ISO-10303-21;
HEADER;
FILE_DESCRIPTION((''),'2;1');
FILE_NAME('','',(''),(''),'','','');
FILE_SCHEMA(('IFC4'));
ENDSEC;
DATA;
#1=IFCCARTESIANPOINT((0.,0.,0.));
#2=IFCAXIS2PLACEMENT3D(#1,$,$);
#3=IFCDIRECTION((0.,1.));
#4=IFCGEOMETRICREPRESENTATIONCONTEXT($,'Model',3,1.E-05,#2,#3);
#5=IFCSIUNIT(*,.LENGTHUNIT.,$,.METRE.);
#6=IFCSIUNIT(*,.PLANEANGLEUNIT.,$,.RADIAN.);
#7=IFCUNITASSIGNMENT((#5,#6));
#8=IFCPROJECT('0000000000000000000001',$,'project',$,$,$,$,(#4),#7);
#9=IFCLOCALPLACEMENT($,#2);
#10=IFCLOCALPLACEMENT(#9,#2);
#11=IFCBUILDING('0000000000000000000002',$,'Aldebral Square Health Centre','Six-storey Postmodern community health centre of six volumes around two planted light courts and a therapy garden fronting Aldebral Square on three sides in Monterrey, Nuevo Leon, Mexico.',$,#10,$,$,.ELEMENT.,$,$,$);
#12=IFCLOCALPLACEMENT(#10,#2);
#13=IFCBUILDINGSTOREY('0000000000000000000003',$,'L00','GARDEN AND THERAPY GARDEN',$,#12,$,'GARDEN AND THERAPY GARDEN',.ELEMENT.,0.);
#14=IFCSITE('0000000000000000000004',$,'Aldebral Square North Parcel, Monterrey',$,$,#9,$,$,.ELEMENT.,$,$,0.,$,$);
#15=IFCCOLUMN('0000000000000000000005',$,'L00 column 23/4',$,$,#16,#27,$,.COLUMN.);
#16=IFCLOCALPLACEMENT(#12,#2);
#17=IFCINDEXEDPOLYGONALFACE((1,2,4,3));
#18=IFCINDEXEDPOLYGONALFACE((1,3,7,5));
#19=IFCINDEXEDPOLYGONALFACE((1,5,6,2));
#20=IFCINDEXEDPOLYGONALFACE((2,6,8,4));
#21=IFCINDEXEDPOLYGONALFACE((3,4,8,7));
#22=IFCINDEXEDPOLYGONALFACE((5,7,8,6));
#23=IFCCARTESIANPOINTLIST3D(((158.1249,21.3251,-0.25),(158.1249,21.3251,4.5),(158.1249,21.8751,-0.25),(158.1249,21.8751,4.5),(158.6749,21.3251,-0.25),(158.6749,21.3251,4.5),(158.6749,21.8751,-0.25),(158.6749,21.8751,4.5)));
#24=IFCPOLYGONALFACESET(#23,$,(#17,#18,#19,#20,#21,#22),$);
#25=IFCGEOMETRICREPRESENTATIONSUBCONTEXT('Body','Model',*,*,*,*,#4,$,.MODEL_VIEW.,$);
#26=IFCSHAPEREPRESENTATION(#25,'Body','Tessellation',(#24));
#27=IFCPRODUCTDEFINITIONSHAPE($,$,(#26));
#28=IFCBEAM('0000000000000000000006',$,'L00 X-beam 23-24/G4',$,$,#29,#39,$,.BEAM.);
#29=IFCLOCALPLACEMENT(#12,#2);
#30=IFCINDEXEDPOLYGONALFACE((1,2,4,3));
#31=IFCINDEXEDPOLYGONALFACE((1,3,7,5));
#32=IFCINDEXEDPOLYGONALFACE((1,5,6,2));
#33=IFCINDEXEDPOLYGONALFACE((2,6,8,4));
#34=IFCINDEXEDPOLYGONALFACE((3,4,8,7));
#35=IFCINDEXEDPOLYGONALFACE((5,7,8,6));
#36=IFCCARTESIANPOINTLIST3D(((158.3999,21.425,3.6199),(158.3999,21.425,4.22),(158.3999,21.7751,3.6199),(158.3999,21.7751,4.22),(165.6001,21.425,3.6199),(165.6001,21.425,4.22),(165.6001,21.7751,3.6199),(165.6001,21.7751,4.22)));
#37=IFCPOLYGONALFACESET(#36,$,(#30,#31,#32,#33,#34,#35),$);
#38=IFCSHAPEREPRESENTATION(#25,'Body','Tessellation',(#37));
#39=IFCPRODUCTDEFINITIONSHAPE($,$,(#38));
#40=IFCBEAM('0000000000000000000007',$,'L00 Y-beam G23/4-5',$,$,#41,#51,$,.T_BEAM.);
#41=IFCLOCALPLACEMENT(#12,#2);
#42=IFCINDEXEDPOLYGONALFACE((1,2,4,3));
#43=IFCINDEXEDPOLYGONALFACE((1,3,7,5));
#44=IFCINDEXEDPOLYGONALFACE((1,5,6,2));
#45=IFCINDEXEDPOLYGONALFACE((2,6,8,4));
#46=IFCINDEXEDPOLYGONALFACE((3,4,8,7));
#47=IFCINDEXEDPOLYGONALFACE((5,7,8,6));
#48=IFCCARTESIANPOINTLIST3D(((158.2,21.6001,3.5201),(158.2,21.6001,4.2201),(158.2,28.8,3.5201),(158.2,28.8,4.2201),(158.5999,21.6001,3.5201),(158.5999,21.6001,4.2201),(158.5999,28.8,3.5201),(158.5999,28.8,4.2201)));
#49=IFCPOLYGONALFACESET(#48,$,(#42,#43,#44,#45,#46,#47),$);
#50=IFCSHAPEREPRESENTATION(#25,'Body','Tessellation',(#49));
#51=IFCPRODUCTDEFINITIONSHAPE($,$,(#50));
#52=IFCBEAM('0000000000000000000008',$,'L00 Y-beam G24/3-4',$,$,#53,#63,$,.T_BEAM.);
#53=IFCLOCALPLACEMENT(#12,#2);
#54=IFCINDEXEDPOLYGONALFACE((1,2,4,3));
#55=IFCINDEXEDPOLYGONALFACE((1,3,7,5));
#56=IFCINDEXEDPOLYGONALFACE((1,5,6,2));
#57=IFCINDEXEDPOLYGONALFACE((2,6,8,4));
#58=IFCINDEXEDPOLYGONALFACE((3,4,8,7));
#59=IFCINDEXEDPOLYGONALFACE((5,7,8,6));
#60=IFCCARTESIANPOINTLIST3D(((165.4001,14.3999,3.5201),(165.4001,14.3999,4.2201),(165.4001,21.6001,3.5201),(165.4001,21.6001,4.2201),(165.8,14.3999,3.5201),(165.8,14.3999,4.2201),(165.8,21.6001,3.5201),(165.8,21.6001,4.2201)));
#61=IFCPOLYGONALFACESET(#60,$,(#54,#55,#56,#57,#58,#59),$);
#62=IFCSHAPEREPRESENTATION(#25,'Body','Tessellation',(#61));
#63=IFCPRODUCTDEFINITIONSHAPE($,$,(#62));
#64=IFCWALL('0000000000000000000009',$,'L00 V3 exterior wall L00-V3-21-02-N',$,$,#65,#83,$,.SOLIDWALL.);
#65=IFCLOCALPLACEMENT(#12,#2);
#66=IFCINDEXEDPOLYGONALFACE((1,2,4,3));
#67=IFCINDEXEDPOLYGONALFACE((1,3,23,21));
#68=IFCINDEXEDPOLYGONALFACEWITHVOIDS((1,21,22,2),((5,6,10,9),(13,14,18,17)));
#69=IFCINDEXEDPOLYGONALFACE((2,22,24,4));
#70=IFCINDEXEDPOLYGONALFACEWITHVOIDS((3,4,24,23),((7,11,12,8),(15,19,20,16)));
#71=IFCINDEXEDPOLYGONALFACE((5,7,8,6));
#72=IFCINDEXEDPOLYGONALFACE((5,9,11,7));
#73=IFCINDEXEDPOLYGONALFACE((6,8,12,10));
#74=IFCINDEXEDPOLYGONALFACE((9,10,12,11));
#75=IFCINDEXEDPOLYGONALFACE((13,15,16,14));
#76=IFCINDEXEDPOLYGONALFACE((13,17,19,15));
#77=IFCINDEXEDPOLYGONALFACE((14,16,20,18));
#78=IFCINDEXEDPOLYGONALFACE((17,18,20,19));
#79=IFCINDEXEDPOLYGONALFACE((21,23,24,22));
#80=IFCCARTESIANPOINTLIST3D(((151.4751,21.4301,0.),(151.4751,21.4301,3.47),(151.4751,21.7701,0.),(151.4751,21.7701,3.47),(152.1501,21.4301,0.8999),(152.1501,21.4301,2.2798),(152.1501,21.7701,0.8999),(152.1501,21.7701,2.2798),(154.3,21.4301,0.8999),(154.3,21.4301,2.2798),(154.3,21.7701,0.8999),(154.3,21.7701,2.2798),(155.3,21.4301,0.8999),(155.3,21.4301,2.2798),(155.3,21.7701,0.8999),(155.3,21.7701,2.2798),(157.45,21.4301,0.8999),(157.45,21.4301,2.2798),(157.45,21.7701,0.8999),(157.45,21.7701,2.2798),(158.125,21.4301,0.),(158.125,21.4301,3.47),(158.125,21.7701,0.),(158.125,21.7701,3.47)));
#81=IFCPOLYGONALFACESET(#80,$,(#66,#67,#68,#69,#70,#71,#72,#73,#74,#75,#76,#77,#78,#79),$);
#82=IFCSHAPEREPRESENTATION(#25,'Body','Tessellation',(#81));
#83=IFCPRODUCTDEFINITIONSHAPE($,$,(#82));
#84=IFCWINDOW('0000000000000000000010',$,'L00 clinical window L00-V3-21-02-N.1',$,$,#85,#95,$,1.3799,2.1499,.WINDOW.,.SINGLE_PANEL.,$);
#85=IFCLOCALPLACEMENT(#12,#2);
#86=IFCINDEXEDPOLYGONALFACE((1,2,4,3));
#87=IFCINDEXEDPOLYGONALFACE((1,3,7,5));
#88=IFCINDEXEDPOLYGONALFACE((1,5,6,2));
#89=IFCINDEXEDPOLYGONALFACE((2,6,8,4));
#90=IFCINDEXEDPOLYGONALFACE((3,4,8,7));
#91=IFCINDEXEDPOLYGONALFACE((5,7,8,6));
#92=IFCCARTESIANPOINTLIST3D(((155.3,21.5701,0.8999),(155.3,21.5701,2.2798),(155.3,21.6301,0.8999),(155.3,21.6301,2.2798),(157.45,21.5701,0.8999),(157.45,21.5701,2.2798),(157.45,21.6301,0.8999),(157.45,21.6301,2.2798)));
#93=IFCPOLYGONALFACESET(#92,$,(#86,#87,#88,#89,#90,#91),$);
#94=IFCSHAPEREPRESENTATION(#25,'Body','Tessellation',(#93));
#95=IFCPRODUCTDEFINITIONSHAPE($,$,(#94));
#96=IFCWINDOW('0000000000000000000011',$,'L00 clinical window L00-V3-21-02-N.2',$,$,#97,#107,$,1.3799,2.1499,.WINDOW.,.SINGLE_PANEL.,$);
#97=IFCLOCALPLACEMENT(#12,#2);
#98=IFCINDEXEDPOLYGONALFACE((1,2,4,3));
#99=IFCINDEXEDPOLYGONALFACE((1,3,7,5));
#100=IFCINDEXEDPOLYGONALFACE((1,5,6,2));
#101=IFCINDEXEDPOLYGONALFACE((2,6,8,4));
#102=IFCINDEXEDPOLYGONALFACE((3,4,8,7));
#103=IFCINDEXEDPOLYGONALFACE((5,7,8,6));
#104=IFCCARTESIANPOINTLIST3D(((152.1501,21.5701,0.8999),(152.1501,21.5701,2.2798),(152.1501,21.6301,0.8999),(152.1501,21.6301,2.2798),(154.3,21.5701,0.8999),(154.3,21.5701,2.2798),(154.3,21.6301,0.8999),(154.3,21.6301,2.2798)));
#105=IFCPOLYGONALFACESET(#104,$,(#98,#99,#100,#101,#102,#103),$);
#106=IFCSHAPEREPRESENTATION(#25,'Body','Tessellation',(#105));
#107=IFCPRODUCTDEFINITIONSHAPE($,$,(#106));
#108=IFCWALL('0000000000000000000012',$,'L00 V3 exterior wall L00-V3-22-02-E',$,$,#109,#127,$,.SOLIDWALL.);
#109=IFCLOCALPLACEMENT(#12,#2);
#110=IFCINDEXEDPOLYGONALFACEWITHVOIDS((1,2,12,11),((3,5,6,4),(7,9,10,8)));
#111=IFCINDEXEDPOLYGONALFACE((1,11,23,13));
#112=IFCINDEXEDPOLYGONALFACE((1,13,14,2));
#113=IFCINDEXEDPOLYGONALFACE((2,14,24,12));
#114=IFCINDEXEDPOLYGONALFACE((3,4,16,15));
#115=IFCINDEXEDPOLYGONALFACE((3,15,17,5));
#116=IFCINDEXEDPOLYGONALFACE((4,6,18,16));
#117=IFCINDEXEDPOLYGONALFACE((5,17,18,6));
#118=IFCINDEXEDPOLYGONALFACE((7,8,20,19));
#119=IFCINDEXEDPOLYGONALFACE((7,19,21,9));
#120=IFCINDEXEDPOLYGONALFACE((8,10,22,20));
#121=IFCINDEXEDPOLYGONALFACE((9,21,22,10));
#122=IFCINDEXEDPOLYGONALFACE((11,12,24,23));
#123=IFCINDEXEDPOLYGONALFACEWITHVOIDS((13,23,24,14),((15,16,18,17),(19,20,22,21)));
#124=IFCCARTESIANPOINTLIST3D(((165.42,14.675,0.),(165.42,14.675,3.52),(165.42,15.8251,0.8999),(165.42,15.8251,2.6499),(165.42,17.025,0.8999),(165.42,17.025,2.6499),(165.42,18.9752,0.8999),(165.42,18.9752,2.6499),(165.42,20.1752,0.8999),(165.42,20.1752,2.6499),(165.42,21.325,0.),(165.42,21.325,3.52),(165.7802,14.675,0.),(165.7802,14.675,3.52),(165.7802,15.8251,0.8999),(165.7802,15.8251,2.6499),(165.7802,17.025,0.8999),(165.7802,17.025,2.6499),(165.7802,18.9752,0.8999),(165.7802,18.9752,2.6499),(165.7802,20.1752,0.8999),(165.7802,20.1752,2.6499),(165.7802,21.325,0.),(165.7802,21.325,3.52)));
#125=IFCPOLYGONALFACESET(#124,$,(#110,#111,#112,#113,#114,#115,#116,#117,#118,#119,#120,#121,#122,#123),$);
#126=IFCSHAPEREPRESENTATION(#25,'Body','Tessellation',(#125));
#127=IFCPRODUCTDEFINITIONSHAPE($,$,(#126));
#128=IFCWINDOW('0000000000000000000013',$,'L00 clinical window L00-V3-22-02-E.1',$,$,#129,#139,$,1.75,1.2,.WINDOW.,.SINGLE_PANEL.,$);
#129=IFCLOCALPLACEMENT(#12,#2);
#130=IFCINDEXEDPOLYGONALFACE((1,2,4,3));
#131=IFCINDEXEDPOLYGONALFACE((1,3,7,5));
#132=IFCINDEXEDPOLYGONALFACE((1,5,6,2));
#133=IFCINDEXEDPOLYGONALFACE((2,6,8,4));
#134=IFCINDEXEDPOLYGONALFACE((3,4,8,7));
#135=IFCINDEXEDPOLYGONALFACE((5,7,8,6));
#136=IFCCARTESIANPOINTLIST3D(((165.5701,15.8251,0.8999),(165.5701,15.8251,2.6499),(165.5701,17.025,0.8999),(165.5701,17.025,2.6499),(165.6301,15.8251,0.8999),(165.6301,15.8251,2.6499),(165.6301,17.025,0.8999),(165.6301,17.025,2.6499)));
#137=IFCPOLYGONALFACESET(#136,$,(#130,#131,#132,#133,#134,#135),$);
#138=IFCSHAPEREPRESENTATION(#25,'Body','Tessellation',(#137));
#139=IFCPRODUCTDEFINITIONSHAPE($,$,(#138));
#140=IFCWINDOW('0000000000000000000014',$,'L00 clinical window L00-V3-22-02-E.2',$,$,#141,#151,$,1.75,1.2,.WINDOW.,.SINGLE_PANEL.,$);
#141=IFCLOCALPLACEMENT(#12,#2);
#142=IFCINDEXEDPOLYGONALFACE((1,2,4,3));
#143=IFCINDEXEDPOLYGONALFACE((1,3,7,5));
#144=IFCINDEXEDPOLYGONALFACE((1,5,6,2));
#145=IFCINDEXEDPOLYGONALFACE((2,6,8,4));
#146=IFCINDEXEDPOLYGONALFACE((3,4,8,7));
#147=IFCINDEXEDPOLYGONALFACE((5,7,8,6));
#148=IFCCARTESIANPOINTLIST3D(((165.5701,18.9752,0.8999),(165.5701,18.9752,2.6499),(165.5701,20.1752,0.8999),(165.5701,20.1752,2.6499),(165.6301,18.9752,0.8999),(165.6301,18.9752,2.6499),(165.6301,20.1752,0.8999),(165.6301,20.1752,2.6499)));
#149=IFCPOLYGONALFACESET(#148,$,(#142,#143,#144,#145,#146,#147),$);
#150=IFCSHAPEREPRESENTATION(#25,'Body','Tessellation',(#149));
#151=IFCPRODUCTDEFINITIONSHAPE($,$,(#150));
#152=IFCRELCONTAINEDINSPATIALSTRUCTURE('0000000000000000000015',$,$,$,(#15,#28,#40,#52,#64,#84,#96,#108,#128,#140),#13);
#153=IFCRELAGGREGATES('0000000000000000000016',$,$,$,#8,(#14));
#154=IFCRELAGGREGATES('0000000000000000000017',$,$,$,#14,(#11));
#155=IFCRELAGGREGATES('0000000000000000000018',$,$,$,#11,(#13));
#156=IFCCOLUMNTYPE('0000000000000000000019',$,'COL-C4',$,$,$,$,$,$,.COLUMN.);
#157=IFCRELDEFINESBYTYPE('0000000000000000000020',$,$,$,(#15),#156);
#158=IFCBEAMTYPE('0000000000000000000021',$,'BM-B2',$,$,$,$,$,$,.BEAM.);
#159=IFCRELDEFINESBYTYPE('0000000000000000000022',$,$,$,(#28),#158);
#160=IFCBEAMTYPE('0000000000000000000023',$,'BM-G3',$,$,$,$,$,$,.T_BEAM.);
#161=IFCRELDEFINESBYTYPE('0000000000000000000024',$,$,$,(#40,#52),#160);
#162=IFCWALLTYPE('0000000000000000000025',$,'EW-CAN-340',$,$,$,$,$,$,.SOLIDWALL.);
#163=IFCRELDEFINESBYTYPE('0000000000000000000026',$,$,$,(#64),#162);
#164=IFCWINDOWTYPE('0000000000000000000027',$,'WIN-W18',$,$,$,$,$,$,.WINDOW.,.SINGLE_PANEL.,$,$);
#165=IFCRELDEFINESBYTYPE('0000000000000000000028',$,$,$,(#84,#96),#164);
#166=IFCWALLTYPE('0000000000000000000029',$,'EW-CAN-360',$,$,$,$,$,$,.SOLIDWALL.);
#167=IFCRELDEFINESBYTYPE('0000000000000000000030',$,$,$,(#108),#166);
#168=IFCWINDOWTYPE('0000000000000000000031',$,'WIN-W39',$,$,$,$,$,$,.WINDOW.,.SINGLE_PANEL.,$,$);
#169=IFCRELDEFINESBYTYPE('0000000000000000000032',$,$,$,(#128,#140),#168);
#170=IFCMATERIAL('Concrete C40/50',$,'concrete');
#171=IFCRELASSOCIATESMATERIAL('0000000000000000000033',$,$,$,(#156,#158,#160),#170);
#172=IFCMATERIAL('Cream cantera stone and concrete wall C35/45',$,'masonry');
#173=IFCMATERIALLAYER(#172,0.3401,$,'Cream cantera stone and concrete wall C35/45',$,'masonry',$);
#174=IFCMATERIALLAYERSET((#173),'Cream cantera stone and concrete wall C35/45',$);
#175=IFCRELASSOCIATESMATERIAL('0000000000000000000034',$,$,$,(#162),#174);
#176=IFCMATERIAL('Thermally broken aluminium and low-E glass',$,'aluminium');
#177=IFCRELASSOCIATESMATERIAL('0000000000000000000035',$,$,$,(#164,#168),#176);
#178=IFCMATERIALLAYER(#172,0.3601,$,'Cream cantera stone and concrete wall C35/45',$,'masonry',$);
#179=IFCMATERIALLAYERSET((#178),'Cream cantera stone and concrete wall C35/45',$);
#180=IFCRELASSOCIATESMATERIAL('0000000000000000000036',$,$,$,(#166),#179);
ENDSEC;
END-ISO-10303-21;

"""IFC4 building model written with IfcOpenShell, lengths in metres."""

from ifc_helpers import new_model, si_unit, direction, frame, frame_2d, origin, origin_2d, place, context, subcontext, project, spatial, rectangle, extrude, material, layer, layer_set, material_profile, profile_set, type_object, element, fill, save


model = new_model("IFC4")

# Units and contexts
model_context = context("Model", 3, precision=1e-05, world=origin(), true_north=direction((0.0, 1.0)))
body_context = subcontext(model_context, "Body", "Model", "MODEL_VIEW")
ifc_project = project(units=[si_unit("LENGTHUNIT", "METRE"), si_unit("PLANEANGLEUNIT", "RADIAN")], contexts=[model_context])

# Site, building, storey
site_placement = place(None, origin())
site = spatial("IfcSite", under=ifc_project, at=site_placement, Name="Aldebral Square North Parcel, Monterrey", CompositionType="ELEMENT", RefElevation=0.0)
building_placement = place(site_placement, origin())
building = spatial("IfcBuilding", under=site, at=building_placement, Name="Aldebral Square Health Centre", Description="Six-storey Postmodern community health centre of six volumes around two planted light courts and a therapy garden fronting Aldebral Square on three sides in Monterrey, Nuevo Leon, Mexico.", CompositionType="ELEMENT")
storey_placement = place(building_placement, origin())
storey = spatial("IfcBuildingStorey", under=building, at=storey_placement, Name="L00", Description="GARDEN AND THERAPY GARDEN", LongName="GARDEN AND THERAPY GARDEN", CompositionType="ELEMENT", Elevation=0.0)

# Column
ifc_material_1 = material(Name="Concrete C40/50", Category="concrete")
ifc_material_profile_1 = material_profile(ifc_material_1, rectangle(XDim=0.55, YDim=0.55, at=origin_2d()), Name="RC 550x550")
ifc_profile_set_1 = profile_set([ifc_material_profile_1], Name="Concrete C40/50")
column_type = type_object("IfcColumnType", Name="COL-C4", PredefinedType="COLUMN", material=ifc_profile_set_1)
column_placement = place(storey_placement, frame((158.3999, 21.6001, -0.25), z_axis=(0.0, 0.0, 1.0), x_axis=(1.0, 0.0, 0.0)))
element("IfcColumn", 1, at=column_placement, inside=storey, type_object=column_type, Name="L00 column 23/4", PredefinedType="COLUMN", context=body_context, shape_type="SweptSolid", body=[
    extrude(rectangle(XDim=0.55, YDim=0.55, at=origin_2d()), origin(), (0.0, 0.0, 1.0), 4.75),
])

# Beams
ifc_material_profile_2 = material_profile(ifc_material_1, rectangle(XDim=0.3501, YDim=0.6001, at=origin_2d()), Name="RC 350x600")
ifc_profile_set_2 = profile_set([ifc_material_profile_2], Name="Concrete C40/50")
beam_type_1 = type_object("IfcBeamType", Name="BM-B2", PredefinedType="BEAM", material=ifc_profile_set_2)
beam_1_placement = place(storey_placement, frame((158.3999, 21.6001, 3.9199), z_axis=(1.0, 0.0, 0.0), x_axis=(0.0, 1.0, 0.0)))
element("IfcBeam", 2, at=beam_1_placement, inside=storey, type_object=beam_type_1, Name="L00 X-beam 23-24/G4", PredefinedType="BEAM", context=body_context, shape_type="SweptSolid", body=[
    extrude(rectangle(XDim=0.3501, YDim=0.6001, at=origin_2d()), origin(), (0.0, 0.0, 1.0), 7.2002),
])
ifc_material_profile_3 = material_profile(ifc_material_1, rectangle(XDim=0.3999, YDim=0.7, at=origin_2d()), Name="RC 400x700")
ifc_profile_set_3 = profile_set([ifc_material_profile_3], Name="Concrete C40/50")
beam_type_2 = type_object("IfcBeamType", Name="BM-G3", PredefinedType="T_BEAM", material=ifc_profile_set_3)
beam_2_placement = place(storey_placement, frame((158.3999, 21.6001, 3.8701), z_axis=(0.0, 1.0, 0.0), x_axis=(-1.0, 0.0, 0.0)))
element("IfcBeam", 3, at=beam_2_placement, inside=storey, type_object=beam_type_2, Name="L00 Y-beam G23/4-5", PredefinedType="T_BEAM", context=body_context, shape_type="SweptSolid", body=[
    extrude(rectangle(XDim=0.3999, YDim=0.7, at=origin_2d()), origin(), (0.0, 0.0, 1.0), 7.2),
])
beam_3_placement = place(storey_placement, frame((165.6001, 14.3999, 3.8701), z_axis=(0.0, 1.0, 0.0), x_axis=(-1.0, 0.0, 0.0)))
element("IfcBeam", 4, at=beam_3_placement, inside=storey, type_object=beam_type_2, Name="L00 Y-beam G24/3-4", PredefinedType="T_BEAM", context=body_context, shape_type="SweptSolid", body=[
    extrude(rectangle(XDim=0.3999, YDim=0.7, at=origin_2d()), origin(), (0.0, 0.0, 1.0), 7.2002),
])

# Walls, openings, windows
ifc_material_2 = material(Name="Cream cantera stone and concrete wall C35/45", Category="masonry")
ifc_layer_1 = layer(ifc_material_2, 0.3401, Name="Cream cantera stone and concrete wall C35/45", Category="masonry")
ifc_layer_set_1 = layer_set([ifc_layer_1], Name="Cream cantera stone and concrete wall C35/45")
wall_type_1 = type_object("IfcWallType", Name="EW-CAN-340", PredefinedType="SOLIDWALL", material=ifc_layer_set_1)
wall_1_placement = place(storey_placement, frame((158.125, 21.6001, 0.0), z_axis=(0.0, 0.0, 1.0), x_axis=(-1.0, 0.0, 0.0)))
wall_1 = element("IfcWall", 5, at=wall_1_placement, inside=storey, type_object=wall_type_1, Name="L00 V3 exterior wall L00-V3-21-02-N", PredefinedType="SOLIDWALL", context=body_context, shape_type="SweptSolid", body=[
    extrude(rectangle(XDim=6.6499, YDim=0.3401, at=frame_2d((3.325, 0.0))), origin(), (0.0, 0.0, 1.0), 3.47),
])
opening_1_placement = place(wall_1_placement, frame((0.675, 0.0, 0.8999)))
opening_1 = element("IfcOpeningElement", 6, at=opening_1_placement, cuts=wall_1, PredefinedType="OPENING", context=body_context, shape_type="SweptSolid", body=[
    extrude(rectangle(XDim=2.1499, YDim=1.3799, at=frame_2d((1.075, 0.6899))), frame((0.0, 0.1802, 0.0), z_axis=(0.0, -1.0, 0.0), x_axis=(1.0, 0.0, 0.0)), (0.0, 0.0, 1.0), 0.3601),
])
opening_2_placement = place(wall_1_placement, frame((3.825, 0.0, 0.8999)))
opening_2 = element("IfcOpeningElement", 7, at=opening_2_placement, cuts=wall_1, PredefinedType="OPENING", context=body_context, shape_type="SweptSolid", body=[
    extrude(rectangle(XDim=2.1499, YDim=1.3799, at=frame_2d((1.075, 0.6899))), frame((0.0, 0.1802, 0.0), z_axis=(0.0, -1.0, 0.0), x_axis=(1.0, 0.0, 0.0)), (0.0, 0.0, 1.0), 0.3601),
])
ifc_material_3 = material(Name="Thermally broken aluminium and low-E glass", Category="aluminium")
window_type_1 = type_object("IfcWindowType", Name="WIN-W18", PartitioningType="SINGLE_PANEL", PredefinedType="WINDOW", material=ifc_material_3)
window_1_placement = place(opening_1_placement, origin())
window_1 = element("IfcWindow", 8, at=window_1_placement, inside=storey, type_object=window_type_1, Name="L00 clinical window L00-V3-21-02-N.1", OverallHeight=1.3799, OverallWidth=2.1499, PartitioningType="SINGLE_PANEL", PredefinedType="WINDOW", context=body_context, shape_type="SweptSolid", body=[
    extrude(rectangle(XDim=2.1499, YDim=1.3799, at=frame_2d((1.075, 0.6899))), frame((0.0, 0.03, 0.0), z_axis=(0.0, -1.0, 0.0), x_axis=(1.0, 0.0, 0.0)), (0.0, 0.0, 1.0), 0.0601),
])
fill(opening_1, window_1)
window_2_placement = place(opening_2_placement, origin())
window_2 = element("IfcWindow", 9, at=window_2_placement, inside=storey, type_object=window_type_1, Name="L00 clinical window L00-V3-21-02-N.2", OverallHeight=1.3799, OverallWidth=2.1499, PartitioningType="SINGLE_PANEL", PredefinedType="WINDOW", context=body_context, shape_type="SweptSolid", body=[
    extrude(rectangle(XDim=2.1499, YDim=1.3799, at=frame_2d((1.075, 0.6899))), frame((0.0, 0.03, 0.0), z_axis=(0.0, -1.0, 0.0), x_axis=(1.0, 0.0, 0.0)), (0.0, 0.0, 1.0), 0.0601),
])
fill(opening_2, window_2)
ifc_layer_2 = layer(ifc_material_2, 0.3601, Name="Cream cantera stone and concrete wall C35/45", Category="masonry")
ifc_layer_set_2 = layer_set([ifc_layer_2], Name="Cream cantera stone and concrete wall C35/45")
wall_type_2 = type_object("IfcWallType", Name="EW-CAN-360", PredefinedType="SOLIDWALL", material=ifc_layer_set_2)
wall_2_placement = place(storey_placement, frame((165.6001, 14.675, 0.0), z_axis=(0.0, 0.0, 1.0), x_axis=(0.0, 1.0, 0.0)))
wall_2 = element("IfcWall", 10, at=wall_2_placement, inside=storey, type_object=wall_type_2, Name="L00 V3 exterior wall L00-V3-22-02-E", PredefinedType="SOLIDWALL", context=body_context, shape_type="SweptSolid", body=[
    extrude(rectangle(XDim=6.6499, YDim=0.3601, at=frame_2d((3.325, 0.0))), origin(), (0.0, 0.0, 1.0), 3.52),
])
opening_3_placement = place(wall_2_placement, frame((1.1499, 0.0, 0.8999)))
opening_3 = element("IfcOpeningElement", 11, at=opening_3_placement, cuts=wall_2, PredefinedType="OPENING", context=body_context, shape_type="SweptSolid", body=[
    extrude(rectangle(XDim=1.2, YDim=1.75, at=frame_2d((0.6001, 0.875))), frame((0.0, 0.1899, 0.0), z_axis=(0.0, -1.0, 0.0), x_axis=(1.0, 0.0, 0.0)), (0.0, 0.0, 1.0), 0.3801),
])
opening_4_placement = place(wall_2_placement, frame((4.3, 0.0, 0.8999)))
opening_4 = element("IfcOpeningElement", 12, at=opening_4_placement, cuts=wall_2, PredefinedType="OPENING", context=body_context, shape_type="SweptSolid", body=[
    extrude(rectangle(XDim=1.2, YDim=1.75, at=frame_2d((0.6001, 0.875))), frame((0.0, 0.1899, 0.0), z_axis=(0.0, -1.0, 0.0), x_axis=(1.0, 0.0, 0.0)), (0.0, 0.0, 1.0), 0.3801),
])
window_type_2 = type_object("IfcWindowType", Name="WIN-W39", PartitioningType="SINGLE_PANEL", PredefinedType="WINDOW", material=ifc_material_3)
window_3_placement = place(opening_3_placement, origin())
window_3 = element("IfcWindow", 13, at=window_3_placement, inside=storey, type_object=window_type_2, Name="L00 clinical window L00-V3-22-02-E.1", OverallHeight=1.75, OverallWidth=1.2, PartitioningType="SINGLE_PANEL", PredefinedType="WINDOW", context=body_context, shape_type="SweptSolid", body=[
    extrude(rectangle(XDim=1.2, YDim=1.75, at=frame_2d((0.6001, 0.875))), frame((0.0, 0.03, 0.0), z_axis=(0.0, -1.0, 0.0), x_axis=(1.0, 0.0, 0.0)), (0.0, 0.0, 1.0), 0.0601),
])
fill(opening_3, window_3)
window_4_placement = place(opening_4_placement, origin())
window_4 = element("IfcWindow", 14, at=window_4_placement, inside=storey, type_object=window_type_2, Name="L00 clinical window L00-V3-22-02-E.2", OverallHeight=1.75, OverallWidth=1.2, PartitioningType="SINGLE_PANEL", PredefinedType="WINDOW", context=body_context, shape_type="SweptSolid", body=[
    extrude(rectangle(XDim=1.2, YDim=1.75, at=frame_2d((0.6001, 0.875))), frame((0.0, 0.03, 0.0), z_axis=(0.0, -1.0, 0.0), x_axis=(1.0, 0.0, 0.0)), (0.0, 0.0, 1.0), 0.0601),
])
fill(opening_4, window_4)

save(model, "model.ifc")
